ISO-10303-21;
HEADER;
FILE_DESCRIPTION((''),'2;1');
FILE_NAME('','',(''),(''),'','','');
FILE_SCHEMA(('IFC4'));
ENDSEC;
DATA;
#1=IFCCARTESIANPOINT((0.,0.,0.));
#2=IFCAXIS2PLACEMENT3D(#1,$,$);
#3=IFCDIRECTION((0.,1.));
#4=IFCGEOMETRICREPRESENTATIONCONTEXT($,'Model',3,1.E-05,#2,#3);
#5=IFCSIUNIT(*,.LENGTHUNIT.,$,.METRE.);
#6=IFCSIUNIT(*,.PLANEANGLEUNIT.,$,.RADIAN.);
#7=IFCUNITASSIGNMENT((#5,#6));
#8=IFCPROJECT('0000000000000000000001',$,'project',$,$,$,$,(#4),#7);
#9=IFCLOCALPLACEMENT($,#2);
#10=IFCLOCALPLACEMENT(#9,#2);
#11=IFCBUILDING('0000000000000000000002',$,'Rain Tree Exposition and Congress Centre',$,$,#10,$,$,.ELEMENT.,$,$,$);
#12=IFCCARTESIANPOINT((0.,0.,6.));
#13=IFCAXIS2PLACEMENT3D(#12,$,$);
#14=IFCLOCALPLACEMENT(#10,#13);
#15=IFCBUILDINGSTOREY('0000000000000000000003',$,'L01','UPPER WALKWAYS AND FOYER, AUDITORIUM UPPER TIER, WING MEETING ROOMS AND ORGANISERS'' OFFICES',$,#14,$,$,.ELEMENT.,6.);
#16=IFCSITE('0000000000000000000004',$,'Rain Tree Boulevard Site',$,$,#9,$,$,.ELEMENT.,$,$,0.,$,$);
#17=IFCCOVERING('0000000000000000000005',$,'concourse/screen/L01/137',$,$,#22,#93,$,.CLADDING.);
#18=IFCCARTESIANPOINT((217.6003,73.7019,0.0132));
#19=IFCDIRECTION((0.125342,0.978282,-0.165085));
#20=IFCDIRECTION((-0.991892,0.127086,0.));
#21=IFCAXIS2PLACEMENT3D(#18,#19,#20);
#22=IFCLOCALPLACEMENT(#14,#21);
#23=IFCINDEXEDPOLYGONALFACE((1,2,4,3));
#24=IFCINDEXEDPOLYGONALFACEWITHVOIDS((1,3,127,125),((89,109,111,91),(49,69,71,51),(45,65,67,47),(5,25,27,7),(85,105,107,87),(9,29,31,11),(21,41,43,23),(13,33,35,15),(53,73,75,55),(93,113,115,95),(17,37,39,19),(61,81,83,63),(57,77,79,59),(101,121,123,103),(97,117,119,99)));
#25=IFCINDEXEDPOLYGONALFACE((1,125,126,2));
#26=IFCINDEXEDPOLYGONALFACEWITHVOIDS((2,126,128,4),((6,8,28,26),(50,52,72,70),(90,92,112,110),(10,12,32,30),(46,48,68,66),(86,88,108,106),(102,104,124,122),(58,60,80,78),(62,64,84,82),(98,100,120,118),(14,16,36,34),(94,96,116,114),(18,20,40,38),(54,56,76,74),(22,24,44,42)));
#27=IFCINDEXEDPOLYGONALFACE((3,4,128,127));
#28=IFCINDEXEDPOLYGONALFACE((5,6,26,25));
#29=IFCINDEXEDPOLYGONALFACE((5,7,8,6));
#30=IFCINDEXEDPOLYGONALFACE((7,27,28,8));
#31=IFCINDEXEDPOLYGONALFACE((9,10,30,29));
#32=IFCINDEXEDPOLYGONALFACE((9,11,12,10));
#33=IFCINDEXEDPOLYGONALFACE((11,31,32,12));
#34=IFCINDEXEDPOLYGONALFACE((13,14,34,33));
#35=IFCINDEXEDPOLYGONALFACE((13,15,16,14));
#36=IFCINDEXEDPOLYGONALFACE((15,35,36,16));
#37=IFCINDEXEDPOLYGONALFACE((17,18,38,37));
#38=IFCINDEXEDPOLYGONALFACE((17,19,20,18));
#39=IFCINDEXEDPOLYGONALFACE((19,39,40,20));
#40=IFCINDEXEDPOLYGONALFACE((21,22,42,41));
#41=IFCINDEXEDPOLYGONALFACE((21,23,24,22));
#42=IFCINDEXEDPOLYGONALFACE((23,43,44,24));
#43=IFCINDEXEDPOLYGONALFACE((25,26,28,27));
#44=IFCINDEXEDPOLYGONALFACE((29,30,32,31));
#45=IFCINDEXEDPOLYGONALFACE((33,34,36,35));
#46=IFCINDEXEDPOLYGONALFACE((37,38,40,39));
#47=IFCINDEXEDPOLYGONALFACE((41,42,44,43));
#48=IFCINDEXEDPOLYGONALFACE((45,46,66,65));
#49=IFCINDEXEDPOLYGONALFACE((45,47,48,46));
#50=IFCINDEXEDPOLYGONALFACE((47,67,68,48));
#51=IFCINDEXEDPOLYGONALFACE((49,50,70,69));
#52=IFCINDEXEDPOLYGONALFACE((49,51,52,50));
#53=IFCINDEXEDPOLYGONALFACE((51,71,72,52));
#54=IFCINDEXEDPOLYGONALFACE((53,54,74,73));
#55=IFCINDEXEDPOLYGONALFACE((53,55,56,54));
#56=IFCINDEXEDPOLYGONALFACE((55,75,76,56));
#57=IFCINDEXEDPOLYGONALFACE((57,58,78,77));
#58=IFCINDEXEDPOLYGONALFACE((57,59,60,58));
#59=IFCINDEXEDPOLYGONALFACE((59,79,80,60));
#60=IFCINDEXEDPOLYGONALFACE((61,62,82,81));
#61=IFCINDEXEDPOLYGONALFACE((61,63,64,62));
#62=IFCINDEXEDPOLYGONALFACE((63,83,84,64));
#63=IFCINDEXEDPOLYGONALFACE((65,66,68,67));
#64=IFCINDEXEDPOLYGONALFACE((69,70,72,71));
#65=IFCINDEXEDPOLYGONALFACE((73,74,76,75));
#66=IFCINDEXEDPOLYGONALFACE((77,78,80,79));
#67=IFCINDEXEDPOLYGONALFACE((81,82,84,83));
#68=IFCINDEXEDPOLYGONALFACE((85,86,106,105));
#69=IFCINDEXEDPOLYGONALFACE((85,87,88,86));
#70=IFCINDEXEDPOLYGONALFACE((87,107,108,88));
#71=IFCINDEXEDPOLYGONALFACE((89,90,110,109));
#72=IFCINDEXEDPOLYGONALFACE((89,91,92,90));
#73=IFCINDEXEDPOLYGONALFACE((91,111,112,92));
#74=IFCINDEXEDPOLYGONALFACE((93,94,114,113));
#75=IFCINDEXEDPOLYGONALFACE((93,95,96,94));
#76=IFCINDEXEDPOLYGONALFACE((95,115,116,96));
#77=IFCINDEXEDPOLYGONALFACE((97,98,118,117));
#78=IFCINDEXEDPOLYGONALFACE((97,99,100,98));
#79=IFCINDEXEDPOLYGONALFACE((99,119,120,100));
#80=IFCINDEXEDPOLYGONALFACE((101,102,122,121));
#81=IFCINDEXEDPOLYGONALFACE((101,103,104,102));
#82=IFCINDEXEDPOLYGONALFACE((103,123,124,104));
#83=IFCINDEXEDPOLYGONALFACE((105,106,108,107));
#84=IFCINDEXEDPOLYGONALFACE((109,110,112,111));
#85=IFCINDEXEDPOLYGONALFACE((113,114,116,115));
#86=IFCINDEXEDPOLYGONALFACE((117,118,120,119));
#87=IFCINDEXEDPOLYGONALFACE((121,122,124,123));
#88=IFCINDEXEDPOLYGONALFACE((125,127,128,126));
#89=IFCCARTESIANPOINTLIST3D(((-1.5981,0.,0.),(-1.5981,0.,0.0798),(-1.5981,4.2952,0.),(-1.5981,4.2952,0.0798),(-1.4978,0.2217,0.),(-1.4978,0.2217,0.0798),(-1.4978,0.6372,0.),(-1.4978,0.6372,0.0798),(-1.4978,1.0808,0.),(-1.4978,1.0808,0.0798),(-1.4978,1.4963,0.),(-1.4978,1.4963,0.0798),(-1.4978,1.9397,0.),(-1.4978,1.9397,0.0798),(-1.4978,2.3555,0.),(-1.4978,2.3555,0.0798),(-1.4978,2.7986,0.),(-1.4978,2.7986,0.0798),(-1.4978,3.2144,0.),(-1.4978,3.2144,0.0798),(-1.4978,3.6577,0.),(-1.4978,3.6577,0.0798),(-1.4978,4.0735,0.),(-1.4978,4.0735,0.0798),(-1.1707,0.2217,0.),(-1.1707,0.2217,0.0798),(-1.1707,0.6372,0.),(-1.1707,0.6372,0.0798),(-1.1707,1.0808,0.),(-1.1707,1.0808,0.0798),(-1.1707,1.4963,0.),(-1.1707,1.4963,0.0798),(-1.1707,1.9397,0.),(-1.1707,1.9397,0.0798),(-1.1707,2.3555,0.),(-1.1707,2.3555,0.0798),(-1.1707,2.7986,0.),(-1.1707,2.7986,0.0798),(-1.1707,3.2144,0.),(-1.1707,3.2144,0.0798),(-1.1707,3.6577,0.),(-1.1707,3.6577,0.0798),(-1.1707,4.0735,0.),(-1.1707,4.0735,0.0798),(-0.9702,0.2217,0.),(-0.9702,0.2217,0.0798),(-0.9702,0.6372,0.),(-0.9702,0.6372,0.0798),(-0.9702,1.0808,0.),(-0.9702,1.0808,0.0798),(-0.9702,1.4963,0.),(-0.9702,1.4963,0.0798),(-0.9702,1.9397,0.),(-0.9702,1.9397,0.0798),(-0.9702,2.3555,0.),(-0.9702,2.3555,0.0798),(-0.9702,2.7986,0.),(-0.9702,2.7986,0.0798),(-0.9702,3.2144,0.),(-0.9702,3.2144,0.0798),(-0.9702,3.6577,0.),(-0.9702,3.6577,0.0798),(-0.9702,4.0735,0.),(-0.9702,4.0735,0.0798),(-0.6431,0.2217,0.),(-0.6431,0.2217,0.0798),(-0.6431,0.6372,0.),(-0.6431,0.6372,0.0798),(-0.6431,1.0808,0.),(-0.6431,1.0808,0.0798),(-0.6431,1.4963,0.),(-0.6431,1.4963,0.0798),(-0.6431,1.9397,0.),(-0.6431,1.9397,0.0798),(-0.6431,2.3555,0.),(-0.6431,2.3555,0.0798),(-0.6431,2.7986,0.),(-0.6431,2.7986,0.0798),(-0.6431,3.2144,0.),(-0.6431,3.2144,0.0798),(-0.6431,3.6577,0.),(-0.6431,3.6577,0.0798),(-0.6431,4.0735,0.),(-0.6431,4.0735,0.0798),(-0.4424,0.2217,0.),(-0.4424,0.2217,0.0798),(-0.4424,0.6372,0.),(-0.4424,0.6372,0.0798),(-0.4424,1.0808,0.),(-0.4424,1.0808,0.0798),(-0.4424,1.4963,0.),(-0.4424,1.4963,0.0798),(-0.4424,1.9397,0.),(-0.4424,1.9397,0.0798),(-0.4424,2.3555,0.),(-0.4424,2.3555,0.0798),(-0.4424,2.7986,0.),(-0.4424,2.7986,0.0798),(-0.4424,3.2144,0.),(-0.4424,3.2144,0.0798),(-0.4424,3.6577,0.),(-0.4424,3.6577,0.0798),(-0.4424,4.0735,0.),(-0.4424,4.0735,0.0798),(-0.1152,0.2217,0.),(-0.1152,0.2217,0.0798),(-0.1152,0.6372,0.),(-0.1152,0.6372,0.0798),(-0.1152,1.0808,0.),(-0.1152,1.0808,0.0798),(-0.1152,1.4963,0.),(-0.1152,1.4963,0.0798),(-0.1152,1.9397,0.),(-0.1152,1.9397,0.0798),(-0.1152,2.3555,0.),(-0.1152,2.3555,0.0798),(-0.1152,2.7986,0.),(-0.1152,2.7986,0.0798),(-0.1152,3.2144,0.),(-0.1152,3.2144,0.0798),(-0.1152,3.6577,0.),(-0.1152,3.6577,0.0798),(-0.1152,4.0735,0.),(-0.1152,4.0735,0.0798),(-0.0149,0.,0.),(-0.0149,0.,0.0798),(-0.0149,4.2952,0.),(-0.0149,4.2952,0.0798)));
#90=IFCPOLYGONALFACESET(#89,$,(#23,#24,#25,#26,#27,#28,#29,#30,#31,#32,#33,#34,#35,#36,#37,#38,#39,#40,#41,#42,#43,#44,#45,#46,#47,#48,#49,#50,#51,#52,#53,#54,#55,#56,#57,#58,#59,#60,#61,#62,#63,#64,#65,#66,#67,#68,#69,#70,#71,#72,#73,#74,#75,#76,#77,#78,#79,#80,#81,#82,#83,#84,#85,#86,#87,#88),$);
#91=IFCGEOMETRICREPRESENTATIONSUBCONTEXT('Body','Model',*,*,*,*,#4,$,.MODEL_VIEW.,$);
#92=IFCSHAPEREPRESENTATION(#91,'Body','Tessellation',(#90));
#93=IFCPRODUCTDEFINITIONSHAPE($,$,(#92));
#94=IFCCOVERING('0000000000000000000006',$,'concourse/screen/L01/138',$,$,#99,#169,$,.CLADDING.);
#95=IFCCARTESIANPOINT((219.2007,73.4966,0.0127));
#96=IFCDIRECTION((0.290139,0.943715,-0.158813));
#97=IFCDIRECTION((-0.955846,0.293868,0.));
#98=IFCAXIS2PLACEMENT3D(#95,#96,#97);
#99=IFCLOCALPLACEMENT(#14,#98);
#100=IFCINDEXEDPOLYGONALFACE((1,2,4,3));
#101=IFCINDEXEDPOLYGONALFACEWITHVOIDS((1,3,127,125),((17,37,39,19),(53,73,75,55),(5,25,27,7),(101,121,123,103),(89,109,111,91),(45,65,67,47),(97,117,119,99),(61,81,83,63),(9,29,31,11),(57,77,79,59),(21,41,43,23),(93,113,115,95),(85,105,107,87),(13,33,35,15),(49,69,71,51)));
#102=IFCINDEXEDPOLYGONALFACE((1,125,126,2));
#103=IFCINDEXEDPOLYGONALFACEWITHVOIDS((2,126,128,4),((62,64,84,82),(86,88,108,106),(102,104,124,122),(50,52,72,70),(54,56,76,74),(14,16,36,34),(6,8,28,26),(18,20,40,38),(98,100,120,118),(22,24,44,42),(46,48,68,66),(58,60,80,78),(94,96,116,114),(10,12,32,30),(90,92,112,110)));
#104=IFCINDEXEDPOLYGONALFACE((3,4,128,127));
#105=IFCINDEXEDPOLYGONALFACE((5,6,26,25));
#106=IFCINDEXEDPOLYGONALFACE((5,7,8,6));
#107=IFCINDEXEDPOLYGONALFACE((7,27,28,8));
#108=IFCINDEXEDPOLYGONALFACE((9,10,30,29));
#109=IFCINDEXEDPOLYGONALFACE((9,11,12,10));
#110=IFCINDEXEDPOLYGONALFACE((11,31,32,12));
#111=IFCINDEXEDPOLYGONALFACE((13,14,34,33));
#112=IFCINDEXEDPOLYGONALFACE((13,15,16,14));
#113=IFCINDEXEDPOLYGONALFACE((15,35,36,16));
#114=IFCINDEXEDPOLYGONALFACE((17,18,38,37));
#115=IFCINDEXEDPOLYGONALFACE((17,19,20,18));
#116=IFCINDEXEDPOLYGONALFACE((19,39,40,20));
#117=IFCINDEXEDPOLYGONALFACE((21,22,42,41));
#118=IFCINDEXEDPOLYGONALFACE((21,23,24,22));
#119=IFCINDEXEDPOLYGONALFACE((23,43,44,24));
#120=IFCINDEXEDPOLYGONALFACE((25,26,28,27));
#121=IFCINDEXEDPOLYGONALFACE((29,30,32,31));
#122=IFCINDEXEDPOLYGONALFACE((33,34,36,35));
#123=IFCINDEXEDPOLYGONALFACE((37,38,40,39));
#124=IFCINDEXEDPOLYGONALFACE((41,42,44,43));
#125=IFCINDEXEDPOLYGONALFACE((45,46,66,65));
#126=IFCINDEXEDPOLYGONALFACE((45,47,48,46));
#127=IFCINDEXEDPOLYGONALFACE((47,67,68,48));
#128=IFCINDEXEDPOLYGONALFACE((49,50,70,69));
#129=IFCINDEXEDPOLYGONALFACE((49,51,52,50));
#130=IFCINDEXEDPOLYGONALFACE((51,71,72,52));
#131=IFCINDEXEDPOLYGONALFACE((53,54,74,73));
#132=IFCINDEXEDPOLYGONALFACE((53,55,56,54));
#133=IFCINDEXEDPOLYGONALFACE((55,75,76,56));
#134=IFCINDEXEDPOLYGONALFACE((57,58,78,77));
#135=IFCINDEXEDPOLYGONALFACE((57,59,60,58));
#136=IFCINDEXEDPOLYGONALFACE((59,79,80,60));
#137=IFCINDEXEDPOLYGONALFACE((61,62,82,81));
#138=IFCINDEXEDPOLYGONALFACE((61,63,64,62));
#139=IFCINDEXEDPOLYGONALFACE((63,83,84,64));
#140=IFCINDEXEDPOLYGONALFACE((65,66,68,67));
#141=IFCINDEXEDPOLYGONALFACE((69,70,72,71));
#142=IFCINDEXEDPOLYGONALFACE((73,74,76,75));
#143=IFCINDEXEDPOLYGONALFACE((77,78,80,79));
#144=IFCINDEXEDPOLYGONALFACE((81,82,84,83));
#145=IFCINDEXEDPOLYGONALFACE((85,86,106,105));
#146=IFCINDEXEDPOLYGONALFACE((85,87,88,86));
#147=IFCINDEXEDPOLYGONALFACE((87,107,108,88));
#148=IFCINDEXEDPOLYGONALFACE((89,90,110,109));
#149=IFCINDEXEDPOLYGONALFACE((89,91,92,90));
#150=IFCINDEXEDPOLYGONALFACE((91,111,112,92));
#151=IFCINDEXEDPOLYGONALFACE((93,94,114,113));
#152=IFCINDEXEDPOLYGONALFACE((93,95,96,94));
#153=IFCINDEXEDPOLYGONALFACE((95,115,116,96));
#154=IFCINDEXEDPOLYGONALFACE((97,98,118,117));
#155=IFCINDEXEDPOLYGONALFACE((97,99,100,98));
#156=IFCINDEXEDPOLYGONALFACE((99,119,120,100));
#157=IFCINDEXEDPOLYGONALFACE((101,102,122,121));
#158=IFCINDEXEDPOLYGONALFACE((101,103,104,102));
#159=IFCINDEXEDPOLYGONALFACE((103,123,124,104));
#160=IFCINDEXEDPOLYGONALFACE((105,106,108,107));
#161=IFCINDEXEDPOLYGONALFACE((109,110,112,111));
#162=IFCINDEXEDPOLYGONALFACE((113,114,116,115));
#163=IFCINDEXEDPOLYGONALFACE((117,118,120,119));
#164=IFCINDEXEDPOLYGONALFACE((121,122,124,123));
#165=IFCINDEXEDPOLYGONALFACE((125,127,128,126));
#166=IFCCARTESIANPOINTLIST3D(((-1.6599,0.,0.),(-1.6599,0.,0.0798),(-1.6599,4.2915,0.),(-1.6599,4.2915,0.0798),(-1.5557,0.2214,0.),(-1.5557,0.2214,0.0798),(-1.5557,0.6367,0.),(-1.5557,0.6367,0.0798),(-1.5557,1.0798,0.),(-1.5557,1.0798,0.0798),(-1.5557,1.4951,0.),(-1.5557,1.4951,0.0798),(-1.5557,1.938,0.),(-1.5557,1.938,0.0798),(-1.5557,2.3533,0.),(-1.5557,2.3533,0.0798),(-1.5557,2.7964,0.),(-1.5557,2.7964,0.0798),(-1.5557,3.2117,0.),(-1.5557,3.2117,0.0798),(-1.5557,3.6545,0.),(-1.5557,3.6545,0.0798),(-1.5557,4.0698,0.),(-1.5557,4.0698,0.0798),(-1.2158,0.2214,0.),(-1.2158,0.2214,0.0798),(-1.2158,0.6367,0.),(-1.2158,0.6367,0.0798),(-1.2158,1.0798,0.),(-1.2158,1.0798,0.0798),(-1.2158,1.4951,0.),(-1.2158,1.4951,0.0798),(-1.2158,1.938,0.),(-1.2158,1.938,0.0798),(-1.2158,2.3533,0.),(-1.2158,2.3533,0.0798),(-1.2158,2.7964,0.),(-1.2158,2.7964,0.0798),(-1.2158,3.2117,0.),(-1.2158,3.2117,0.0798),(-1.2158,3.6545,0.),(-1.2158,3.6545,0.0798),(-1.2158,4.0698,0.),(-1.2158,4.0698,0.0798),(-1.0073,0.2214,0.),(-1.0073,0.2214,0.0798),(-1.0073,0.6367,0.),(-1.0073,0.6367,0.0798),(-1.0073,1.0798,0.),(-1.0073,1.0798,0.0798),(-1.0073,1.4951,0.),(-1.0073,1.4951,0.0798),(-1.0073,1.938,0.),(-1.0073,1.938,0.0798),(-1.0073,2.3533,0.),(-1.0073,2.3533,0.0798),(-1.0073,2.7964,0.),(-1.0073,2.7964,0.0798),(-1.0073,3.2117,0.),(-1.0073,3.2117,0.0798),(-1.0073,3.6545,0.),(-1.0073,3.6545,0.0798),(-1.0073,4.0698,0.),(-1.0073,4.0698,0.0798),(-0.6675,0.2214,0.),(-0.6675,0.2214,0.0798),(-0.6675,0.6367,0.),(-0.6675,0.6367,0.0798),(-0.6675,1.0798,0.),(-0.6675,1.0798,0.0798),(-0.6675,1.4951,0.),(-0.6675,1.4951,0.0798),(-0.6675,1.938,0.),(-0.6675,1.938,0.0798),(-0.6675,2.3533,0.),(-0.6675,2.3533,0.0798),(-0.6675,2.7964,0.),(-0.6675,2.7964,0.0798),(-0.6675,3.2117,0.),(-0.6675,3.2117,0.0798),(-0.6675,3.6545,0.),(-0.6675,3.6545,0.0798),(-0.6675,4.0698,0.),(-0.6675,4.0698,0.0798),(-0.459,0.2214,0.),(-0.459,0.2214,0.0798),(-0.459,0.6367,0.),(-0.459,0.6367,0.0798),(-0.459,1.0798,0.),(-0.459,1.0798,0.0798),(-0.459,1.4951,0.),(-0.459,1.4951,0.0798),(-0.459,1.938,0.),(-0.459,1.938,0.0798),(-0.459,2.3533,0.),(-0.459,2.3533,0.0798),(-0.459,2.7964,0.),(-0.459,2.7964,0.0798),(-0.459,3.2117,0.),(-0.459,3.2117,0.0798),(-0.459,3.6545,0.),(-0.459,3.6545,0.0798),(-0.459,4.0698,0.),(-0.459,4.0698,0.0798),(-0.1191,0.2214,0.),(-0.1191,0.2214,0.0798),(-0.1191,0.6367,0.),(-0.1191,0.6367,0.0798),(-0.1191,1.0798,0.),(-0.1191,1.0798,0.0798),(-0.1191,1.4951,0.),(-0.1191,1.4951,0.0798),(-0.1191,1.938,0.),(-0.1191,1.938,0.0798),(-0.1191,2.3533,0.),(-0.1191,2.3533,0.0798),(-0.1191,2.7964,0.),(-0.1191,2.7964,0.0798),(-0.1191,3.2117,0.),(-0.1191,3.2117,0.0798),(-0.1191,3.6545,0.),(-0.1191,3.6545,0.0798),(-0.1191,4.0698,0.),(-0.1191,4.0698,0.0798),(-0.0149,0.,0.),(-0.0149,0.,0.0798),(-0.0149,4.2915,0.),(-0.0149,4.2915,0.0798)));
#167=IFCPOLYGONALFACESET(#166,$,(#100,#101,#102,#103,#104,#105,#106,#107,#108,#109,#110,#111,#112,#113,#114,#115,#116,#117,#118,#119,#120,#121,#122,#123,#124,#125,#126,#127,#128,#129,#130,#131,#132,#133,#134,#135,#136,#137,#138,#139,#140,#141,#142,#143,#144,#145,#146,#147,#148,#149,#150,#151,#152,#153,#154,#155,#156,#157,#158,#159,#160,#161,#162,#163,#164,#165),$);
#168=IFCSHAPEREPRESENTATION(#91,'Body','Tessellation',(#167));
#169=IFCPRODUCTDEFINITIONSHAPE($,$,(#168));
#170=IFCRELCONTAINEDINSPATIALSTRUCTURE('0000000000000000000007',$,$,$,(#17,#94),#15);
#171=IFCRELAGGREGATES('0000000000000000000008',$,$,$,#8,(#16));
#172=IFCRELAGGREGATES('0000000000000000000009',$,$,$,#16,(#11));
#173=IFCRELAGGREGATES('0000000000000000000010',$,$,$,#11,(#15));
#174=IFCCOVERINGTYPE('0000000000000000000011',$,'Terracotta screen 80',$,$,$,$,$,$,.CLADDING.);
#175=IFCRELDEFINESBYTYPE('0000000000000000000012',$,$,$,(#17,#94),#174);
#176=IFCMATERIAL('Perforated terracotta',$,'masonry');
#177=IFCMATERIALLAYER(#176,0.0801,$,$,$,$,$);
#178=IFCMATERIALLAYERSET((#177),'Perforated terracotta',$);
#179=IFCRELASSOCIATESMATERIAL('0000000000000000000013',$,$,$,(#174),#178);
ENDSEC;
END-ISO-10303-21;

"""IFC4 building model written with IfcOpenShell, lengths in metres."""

from ifc_helpers import new_model, si_unit, direction, frame, origin, place, context, subcontext, project, spatial, polyline, outline, extrude, material, layer, layer_set, type_object, element, save


model = new_model("IFC4")

# Units and contexts
model_context = context("Model", 3, precision=1e-05, world=origin(), true_north=direction((0.0, 1.0)))
body_context = subcontext(model_context, "Body", "Model", "MODEL_VIEW")
ifc_project = project(units=[si_unit("LENGTHUNIT", "METRE"), si_unit("PLANEANGLEUNIT", "RADIAN")], contexts=[model_context])

# Site, building, storey
site_placement = place(None, origin())
site = spatial("IfcSite", under=ifc_project, at=site_placement, Name="Rain Tree Boulevard Site", CompositionType="ELEMENT", RefElevation=0.0)
building_placement = place(site_placement, origin())
building = spatial("IfcBuilding", under=site, at=building_placement, Name="Rain Tree Exposition and Congress Centre", CompositionType="ELEMENT")
storey_placement = place(building_placement, frame((0.0, 0.0, 6.0)))
storey = spatial("IfcBuildingStorey", under=building, at=storey_placement, Name="L01", Description="UPPER WALKWAYS AND FOYER, AUDITORIUM UPPER TIER, WING MEETING ROOMS AND ORGANISERS' OFFICES", CompositionType="ELEMENT", Elevation=6.0)

# Coverings
ifc_material_1 = material(Name="Perforated terracotta", Category="masonry")
ifc_layer_1 = layer(ifc_material_1, 0.0801)
ifc_layer_set_1 = layer_set([ifc_layer_1], Name="Perforated terracotta")
covering_type = type_object("IfcCoveringType", Name="Terracotta screen 80", PredefinedType="CLADDING", material=ifc_layer_set_1)
covering_1_placement = place(storey_placement, frame((217.6003, 73.7019, 0.0132), z_axis=(0.125342, 0.978282, -0.165085), x_axis=(-0.991892, 0.127086, 0.0)))
element("IfcCovering", 1, at=covering_1_placement, inside=storey, type_object=covering_type, Name="concourse/screen/L01/137", PredefinedType="CLADDING", context=body_context, shape_type="SweptSolid", body=[
    extrude(outline(polyline([(-1.5981, 0.0), (-1.5981, 4.2952), (-0.0149, 4.2952), (-0.0149, 0.0), (-1.5981, 0.0)]), holes=[polyline([(-0.1152, 0.2217), (-0.1152, 0.6372), (-0.4424, 0.6372), (-0.4424, 0.2217), (-0.1152, 0.2217)]), polyline([(-0.1152, 1.0808), (-0.1152, 1.4963), (-0.4424, 1.4963), (-0.4424, 1.0808), (-0.1152, 1.0808)]), polyline([(-0.1152, 1.9397), (-0.1152, 2.3555), (-0.4424, 2.3555), (-0.4424, 1.9397), (-0.1152, 1.9397)]), polyline([(-0.1152, 2.7986), (-0.1152, 3.2144), (-0.4424, 3.2144), (-0.4424, 2.7986), (-0.1152, 2.7986)]), polyline([(-0.1152, 3.6577), (-0.1152, 4.0735), (-0.4424, 4.0735), (-0.4424, 3.6577), (-0.1152, 3.6577)]), polyline([(-0.6431, 0.2217), (-0.6431, 0.6372), (-0.9702, 0.6372), (-0.9702, 0.2217), (-0.6431, 0.2217)]), polyline([(-0.6431, 1.0808), (-0.6431, 1.4963), (-0.9702, 1.4963), (-0.9702, 1.0808), (-0.6431, 1.0808)]), polyline([(-0.6431, 1.9397), (-0.6431, 2.3555), (-0.9702, 2.3555), (-0.9702, 1.9397), (-0.6431, 1.9397)]), polyline([(-0.6431, 2.7986), (-0.6431, 3.2144), (-0.9702, 3.2144), (-0.9702, 2.7986), (-0.6431, 2.7986)]), polyline([(-0.6431, 3.6577), (-0.6431, 4.0735), (-0.9702, 4.0735), (-0.9702, 3.6577), (-0.6431, 3.6577)]), polyline([(-1.1707, 0.2217), (-1.1707, 0.6372), (-1.4978, 0.6372), (-1.4978, 0.2217), (-1.1707, 0.2217)]), polyline([(-1.1707, 1.0808), (-1.1707, 1.4963), (-1.4978, 1.4963), (-1.4978, 1.0808), (-1.1707, 1.0808)]), polyline([(-1.1707, 1.9397), (-1.1707, 2.3555), (-1.4978, 2.3555), (-1.4978, 1.9397), (-1.1707, 1.9397)]), polyline([(-1.1707, 2.7986), (-1.1707, 3.2144), (-1.4978, 3.2144), (-1.4978, 2.7986), (-1.1707, 2.7986)]), polyline([(-1.1707, 3.6577), (-1.1707, 4.0735), (-1.4978, 4.0735), (-1.4978, 3.6577), (-1.1707, 3.6577)])]), origin(), (0.0, 0.0, 1.0), 0.0798),
])
covering_2_placement = place(storey_placement, frame((219.2007, 73.4966, 0.0127), z_axis=(0.290139, 0.943715, -0.158813), x_axis=(-0.955846, 0.293868, 0.0)))
element("IfcCovering", 2, at=covering_2_placement, inside=storey, type_object=covering_type, Name="concourse/screen/L01/138", PredefinedType="CLADDING", context=body_context, shape_type="SweptSolid", body=[
    extrude(outline(polyline([(-1.6599, 0.0), (-1.6599, 4.2915), (-0.0149, 4.2915), (-0.0149, 0.0), (-1.6599, 0.0)]), holes=[polyline([(-0.1191, 0.2214), (-0.1191, 0.6367), (-0.459, 0.6367), (-0.459, 0.2214), (-0.1191, 0.2214)]), polyline([(-0.1191, 1.0798), (-0.1191, 1.4951), (-0.459, 1.4951), (-0.459, 1.0798), (-0.1191, 1.0798)]), polyline([(-0.1191, 1.938), (-0.1191, 2.3533), (-0.459, 2.3533), (-0.459, 1.938), (-0.1191, 1.938)]), polyline([(-0.1191, 2.7964), (-0.1191, 3.2117), (-0.459, 3.2117), (-0.459, 2.7964), (-0.1191, 2.7964)]), polyline([(-0.1191, 3.6545), (-0.1191, 4.0698), (-0.459, 4.0698), (-0.459, 3.6545), (-0.1191, 3.6545)]), polyline([(-0.6675, 0.2214), (-0.6675, 0.6367), (-1.0073, 0.6367), (-1.0073, 0.2214), (-0.6675, 0.2214)]), polyline([(-0.6675, 1.0798), (-0.6675, 1.4951), (-1.0073, 1.4951), (-1.0073, 1.0798), (-0.6675, 1.0798)]), polyline([(-0.6675, 1.938), (-0.6675, 2.3533), (-1.0073, 2.3533), (-1.0073, 1.938), (-0.6675, 1.938)]), polyline([(-0.6675, 2.7964), (-0.6675, 3.2117), (-1.0073, 3.2117), (-1.0073, 2.7964), (-0.6675, 2.7964)]), polyline([(-0.6675, 3.6545), (-0.6675, 4.0698), (-1.0073, 4.0698), (-1.0073, 3.6545), (-0.6675, 3.6545)]), polyline([(-1.2158, 0.2214), (-1.2158, 0.6367), (-1.5557, 0.6367), (-1.5557, 0.2214), (-1.2158, 0.2214)]), polyline([(-1.2158, 1.0798), (-1.2158, 1.4951), (-1.5557, 1.4951), (-1.5557, 1.0798), (-1.2158, 1.0798)]), polyline([(-1.2158, 1.938), (-1.2158, 2.3533), (-1.5557, 2.3533), (-1.5557, 1.938), (-1.2158, 1.938)]), polyline([(-1.2158, 2.7964), (-1.2158, 3.2117), (-1.5557, 3.2117), (-1.5557, 2.7964), (-1.2158, 2.7964)]), polyline([(-1.2158, 3.6545), (-1.2158, 4.0698), (-1.5557, 4.0698), (-1.5557, 3.6545), (-1.2158, 3.6545)])]), origin(), (0.0, 0.0, 1.0), 0.0798),
])

save(model, "model.ifc")
